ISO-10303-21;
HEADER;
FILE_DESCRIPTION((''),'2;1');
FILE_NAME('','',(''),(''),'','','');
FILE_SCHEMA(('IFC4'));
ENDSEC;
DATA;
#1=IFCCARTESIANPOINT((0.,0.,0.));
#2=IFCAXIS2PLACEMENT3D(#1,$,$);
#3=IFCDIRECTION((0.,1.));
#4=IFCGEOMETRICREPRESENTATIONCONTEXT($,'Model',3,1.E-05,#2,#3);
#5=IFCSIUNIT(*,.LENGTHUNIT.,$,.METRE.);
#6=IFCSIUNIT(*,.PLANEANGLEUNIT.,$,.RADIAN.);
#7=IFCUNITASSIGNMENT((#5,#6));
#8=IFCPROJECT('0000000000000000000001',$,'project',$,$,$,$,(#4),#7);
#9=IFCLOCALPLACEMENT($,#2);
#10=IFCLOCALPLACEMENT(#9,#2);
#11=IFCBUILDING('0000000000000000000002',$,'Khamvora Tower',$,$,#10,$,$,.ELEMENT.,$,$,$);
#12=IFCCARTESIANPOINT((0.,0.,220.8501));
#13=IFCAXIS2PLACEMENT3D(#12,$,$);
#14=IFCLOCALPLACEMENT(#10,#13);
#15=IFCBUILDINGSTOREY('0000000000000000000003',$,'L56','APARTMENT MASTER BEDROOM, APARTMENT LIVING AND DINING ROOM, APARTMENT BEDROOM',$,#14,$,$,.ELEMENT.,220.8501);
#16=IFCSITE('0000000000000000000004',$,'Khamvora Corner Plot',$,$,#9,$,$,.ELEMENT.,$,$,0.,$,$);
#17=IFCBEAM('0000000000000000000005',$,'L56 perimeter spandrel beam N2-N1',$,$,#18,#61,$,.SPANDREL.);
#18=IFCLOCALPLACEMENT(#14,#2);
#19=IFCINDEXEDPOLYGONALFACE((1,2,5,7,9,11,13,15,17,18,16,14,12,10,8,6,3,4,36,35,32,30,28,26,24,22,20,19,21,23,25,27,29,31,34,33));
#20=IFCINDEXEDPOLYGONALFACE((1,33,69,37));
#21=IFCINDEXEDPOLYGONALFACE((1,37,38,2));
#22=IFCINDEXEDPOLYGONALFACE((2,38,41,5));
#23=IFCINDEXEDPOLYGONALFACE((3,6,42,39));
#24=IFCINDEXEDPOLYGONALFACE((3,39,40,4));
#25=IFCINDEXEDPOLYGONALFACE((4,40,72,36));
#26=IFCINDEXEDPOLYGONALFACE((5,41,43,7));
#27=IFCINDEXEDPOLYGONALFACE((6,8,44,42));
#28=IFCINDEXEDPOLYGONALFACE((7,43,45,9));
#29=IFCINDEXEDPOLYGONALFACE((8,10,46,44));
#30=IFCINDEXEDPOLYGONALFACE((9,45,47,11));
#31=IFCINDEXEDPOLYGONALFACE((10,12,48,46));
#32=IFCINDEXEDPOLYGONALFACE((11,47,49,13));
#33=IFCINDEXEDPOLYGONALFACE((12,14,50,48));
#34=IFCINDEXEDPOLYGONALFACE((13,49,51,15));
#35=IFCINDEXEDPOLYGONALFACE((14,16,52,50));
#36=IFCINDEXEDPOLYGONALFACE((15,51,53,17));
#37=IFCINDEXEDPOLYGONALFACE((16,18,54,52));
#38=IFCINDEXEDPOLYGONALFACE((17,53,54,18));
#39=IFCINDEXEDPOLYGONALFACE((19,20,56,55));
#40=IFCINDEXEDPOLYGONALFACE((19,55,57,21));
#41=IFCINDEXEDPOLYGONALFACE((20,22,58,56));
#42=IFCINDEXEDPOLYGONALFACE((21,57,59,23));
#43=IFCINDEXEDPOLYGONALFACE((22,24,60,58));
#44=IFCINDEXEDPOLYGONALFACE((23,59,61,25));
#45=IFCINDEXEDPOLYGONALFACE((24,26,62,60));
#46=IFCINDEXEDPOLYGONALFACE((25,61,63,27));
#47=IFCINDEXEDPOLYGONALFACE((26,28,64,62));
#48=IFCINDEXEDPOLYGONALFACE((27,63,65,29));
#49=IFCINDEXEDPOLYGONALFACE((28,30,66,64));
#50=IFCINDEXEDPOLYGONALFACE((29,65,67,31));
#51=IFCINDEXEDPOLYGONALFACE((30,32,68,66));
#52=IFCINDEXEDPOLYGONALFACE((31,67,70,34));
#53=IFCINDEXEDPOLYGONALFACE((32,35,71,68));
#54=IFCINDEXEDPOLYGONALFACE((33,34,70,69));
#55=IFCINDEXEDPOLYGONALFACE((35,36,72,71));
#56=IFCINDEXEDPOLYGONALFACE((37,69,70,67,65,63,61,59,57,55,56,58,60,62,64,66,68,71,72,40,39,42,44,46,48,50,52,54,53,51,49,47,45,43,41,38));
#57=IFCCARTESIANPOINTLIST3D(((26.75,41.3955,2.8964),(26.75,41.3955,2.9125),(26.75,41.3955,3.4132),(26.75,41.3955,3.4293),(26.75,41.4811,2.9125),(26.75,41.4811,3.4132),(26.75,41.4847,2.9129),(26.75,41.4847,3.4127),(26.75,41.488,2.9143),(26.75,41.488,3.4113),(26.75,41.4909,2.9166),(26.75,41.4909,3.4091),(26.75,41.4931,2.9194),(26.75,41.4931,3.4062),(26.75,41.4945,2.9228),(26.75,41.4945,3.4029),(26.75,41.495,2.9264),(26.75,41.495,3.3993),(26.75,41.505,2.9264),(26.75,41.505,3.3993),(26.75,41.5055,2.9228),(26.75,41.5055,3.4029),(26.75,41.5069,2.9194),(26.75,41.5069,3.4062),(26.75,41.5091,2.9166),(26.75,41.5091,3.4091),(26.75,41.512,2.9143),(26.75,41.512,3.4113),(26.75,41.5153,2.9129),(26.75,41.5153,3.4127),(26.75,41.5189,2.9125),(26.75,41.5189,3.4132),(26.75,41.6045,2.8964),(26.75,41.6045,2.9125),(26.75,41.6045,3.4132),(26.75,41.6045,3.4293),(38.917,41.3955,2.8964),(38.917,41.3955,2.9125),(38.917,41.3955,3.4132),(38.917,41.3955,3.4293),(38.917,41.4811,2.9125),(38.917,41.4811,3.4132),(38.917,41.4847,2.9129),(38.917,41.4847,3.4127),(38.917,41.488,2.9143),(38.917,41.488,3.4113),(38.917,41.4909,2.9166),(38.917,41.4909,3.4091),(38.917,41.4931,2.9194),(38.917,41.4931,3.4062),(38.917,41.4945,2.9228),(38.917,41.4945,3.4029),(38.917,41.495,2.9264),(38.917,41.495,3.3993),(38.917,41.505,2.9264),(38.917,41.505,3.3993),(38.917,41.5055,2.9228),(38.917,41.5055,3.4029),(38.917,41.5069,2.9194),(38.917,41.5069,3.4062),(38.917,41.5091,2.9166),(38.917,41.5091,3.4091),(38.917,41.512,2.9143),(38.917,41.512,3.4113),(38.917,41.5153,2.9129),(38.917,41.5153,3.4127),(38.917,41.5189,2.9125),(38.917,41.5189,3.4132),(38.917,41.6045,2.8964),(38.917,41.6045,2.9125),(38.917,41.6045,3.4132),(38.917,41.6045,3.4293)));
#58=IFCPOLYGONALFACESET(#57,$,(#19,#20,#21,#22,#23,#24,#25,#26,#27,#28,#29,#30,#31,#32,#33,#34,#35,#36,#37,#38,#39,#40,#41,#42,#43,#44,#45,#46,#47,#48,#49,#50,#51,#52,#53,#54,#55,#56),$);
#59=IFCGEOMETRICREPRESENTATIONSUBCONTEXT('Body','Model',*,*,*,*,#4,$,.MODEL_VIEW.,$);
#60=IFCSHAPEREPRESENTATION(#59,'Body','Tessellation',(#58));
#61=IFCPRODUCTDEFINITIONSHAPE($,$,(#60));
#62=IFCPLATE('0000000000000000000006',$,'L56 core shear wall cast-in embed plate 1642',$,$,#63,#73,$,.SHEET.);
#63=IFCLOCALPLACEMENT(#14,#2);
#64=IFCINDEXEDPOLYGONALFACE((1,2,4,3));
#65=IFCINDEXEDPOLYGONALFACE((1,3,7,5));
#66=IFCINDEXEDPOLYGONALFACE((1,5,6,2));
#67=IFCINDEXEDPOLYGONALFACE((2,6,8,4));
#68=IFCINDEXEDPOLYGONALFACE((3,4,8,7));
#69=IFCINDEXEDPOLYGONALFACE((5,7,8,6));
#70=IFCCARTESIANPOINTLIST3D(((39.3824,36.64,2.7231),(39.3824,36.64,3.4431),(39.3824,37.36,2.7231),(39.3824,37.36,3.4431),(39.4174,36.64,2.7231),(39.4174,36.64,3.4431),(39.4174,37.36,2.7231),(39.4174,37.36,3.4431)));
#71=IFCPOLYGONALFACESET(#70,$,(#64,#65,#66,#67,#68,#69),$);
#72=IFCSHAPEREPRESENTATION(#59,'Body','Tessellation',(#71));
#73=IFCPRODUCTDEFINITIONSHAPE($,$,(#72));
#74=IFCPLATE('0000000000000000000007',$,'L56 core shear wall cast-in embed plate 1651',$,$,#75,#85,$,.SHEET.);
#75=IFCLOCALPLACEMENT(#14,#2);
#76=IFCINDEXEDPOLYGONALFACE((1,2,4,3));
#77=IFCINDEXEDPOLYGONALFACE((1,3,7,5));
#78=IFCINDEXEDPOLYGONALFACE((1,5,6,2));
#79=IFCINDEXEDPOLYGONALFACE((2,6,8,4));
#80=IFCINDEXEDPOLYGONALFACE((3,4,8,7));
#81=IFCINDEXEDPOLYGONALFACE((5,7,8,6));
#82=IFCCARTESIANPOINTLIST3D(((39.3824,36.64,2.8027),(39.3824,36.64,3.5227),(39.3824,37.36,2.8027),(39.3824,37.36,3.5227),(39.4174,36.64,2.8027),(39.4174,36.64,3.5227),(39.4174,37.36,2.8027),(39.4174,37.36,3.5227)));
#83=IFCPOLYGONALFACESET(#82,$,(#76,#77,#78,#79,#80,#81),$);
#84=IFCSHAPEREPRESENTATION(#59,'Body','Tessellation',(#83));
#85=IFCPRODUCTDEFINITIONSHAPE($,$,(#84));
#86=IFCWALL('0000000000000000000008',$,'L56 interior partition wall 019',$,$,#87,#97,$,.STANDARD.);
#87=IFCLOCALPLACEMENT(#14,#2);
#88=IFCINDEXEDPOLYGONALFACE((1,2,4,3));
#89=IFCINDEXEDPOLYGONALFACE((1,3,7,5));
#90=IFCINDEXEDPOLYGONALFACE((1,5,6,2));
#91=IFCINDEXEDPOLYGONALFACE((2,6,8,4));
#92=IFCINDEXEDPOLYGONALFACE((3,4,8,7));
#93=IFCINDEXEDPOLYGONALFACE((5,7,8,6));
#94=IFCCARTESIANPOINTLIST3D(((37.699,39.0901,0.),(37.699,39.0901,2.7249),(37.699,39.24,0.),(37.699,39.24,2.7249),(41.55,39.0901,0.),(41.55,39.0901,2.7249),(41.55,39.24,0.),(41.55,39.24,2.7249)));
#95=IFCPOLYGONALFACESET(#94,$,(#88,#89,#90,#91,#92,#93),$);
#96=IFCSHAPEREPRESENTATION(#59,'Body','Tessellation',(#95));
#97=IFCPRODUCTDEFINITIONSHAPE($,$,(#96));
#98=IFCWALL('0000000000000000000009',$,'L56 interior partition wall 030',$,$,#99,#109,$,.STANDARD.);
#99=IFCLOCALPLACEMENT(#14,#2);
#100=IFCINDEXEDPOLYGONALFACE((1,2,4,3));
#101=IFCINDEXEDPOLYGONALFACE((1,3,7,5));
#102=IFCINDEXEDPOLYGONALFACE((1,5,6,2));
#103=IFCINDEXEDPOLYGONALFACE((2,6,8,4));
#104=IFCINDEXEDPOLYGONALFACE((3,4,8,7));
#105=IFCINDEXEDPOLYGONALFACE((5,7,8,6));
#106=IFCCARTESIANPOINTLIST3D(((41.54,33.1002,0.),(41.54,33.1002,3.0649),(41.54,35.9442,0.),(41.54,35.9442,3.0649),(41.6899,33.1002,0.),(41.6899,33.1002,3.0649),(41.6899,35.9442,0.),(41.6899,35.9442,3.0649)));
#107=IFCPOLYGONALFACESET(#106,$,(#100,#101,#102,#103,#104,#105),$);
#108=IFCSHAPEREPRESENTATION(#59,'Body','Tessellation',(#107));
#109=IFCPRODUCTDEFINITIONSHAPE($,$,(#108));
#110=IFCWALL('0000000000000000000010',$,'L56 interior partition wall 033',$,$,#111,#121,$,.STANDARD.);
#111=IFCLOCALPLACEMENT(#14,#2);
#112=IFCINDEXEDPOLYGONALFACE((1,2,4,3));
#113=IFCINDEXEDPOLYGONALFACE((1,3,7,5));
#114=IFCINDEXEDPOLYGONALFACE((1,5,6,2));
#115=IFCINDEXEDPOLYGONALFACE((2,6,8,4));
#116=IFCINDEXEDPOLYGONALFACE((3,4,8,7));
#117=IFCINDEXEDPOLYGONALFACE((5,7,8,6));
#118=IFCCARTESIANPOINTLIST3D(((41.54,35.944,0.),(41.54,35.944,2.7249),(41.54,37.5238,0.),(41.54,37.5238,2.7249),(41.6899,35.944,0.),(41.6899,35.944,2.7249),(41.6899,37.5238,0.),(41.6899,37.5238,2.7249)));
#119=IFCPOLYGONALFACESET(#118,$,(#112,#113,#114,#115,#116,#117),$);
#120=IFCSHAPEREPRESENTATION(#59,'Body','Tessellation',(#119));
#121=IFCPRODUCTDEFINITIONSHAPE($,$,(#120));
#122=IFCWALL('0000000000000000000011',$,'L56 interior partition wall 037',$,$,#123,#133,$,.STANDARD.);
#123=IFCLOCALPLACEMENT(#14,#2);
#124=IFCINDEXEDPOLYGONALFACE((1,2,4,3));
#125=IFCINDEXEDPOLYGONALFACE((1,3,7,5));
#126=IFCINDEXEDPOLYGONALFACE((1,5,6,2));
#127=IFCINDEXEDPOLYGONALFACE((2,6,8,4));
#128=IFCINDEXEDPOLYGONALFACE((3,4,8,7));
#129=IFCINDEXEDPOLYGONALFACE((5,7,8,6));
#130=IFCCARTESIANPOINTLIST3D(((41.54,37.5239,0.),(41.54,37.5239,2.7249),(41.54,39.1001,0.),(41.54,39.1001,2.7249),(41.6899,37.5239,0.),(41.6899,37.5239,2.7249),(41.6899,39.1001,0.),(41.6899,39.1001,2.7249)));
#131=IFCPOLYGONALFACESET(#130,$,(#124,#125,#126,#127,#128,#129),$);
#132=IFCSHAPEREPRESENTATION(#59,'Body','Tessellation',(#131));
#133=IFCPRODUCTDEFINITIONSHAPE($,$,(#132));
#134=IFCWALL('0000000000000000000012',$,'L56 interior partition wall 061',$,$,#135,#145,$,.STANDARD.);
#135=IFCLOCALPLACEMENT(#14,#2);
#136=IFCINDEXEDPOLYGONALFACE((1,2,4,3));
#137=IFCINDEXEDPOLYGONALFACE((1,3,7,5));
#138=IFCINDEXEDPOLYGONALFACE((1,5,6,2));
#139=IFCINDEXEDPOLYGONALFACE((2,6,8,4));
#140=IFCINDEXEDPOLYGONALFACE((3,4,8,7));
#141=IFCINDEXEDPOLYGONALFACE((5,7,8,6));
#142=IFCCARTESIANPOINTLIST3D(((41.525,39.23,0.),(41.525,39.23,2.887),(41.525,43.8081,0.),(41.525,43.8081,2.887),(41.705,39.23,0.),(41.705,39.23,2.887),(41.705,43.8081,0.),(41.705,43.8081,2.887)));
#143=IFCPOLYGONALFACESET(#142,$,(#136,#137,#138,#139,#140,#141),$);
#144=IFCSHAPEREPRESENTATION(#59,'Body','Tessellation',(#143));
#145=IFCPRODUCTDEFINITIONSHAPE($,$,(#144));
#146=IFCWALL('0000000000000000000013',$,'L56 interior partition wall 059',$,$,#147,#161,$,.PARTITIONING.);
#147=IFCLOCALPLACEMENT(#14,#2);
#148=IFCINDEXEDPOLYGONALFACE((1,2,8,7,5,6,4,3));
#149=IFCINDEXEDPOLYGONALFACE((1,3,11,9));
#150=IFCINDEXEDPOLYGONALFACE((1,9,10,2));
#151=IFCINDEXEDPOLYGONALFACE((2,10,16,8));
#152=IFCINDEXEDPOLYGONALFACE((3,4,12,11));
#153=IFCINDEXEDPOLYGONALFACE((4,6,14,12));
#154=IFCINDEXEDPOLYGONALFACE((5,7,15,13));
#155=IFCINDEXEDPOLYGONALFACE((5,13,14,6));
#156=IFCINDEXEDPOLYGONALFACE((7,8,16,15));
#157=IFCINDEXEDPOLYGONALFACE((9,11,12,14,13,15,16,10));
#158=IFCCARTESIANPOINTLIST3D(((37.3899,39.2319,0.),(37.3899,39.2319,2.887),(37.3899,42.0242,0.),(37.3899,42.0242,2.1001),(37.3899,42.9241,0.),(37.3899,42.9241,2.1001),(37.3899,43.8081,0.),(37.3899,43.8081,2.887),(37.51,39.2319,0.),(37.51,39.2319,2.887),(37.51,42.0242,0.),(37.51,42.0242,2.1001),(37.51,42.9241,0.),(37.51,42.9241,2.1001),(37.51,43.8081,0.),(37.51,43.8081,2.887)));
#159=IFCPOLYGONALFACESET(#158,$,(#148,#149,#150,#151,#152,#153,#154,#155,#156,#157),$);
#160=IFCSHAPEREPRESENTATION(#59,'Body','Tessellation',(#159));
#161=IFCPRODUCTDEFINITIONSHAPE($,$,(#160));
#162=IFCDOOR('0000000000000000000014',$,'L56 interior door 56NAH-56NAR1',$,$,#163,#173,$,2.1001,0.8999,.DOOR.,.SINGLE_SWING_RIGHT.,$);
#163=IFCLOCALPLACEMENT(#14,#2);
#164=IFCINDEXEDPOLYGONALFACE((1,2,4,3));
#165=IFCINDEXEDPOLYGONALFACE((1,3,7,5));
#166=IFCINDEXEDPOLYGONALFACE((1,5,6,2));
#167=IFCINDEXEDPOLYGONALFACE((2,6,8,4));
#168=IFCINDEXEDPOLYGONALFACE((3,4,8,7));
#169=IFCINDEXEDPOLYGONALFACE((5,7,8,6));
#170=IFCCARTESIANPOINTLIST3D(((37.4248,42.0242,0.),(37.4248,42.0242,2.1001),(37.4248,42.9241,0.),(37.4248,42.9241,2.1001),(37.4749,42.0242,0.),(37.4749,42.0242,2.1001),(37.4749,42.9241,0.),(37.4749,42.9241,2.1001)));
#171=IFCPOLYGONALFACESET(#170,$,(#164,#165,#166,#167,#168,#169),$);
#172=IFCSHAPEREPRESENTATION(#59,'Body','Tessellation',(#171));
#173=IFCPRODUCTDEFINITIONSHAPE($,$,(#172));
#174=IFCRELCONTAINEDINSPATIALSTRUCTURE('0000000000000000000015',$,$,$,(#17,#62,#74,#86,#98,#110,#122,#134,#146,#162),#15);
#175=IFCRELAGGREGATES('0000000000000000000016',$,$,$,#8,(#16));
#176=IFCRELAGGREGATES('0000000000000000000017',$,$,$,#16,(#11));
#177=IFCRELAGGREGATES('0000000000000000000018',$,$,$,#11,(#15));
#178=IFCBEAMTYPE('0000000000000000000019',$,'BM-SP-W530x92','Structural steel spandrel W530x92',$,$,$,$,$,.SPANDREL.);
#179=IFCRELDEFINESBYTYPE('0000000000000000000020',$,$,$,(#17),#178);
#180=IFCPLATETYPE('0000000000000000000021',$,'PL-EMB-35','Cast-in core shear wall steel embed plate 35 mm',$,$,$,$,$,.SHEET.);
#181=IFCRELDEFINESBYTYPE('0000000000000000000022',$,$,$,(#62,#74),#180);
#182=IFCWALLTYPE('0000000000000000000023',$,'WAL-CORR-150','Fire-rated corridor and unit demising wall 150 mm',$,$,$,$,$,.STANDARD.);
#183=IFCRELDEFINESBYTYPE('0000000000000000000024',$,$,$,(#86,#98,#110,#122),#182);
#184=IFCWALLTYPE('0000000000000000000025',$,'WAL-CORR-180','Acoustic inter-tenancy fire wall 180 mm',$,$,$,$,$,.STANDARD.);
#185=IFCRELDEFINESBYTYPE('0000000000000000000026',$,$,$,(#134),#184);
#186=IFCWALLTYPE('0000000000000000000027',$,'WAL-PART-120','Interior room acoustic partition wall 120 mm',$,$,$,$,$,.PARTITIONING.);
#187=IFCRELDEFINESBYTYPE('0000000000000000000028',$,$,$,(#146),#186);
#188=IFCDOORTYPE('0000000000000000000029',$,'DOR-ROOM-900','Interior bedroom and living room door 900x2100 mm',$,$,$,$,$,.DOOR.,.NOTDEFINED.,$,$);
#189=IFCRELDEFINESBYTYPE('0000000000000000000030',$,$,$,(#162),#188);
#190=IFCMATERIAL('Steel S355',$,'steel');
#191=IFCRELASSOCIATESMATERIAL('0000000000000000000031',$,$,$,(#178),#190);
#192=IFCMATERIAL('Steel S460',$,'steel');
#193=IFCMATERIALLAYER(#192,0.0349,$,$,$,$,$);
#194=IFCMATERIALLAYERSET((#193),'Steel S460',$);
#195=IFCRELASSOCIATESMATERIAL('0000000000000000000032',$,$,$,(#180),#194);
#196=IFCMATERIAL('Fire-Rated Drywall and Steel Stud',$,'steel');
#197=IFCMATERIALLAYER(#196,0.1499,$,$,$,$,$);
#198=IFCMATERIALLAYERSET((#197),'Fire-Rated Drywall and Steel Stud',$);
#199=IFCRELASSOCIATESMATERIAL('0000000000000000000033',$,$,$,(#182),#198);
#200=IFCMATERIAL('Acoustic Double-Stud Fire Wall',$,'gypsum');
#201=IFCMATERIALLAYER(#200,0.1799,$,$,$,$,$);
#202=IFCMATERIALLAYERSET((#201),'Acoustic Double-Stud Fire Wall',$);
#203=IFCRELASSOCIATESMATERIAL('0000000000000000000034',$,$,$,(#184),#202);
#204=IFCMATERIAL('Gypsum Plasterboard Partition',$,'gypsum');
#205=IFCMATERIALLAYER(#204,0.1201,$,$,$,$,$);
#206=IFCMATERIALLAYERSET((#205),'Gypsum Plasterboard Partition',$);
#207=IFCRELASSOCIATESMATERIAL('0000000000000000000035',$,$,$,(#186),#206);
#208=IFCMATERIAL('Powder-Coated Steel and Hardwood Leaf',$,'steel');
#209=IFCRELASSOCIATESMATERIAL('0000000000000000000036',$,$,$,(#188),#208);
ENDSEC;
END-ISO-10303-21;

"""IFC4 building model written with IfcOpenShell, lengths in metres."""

from ifc_helpers import new_model, si_unit, direction, frame, frame_2d, origin, origin_2d, place, context, subcontext, project, spatial, rectangle, i_section, extrude, material, layer, layer_set, material_profile, profile_set, type_object, element, fill, save


model = new_model("IFC4")

# Units and contexts
model_context = context("Model", 3, precision=1e-05, world=origin(), true_north=direction((0.0, 1.0)))
body_context = subcontext(model_context, "Body", "Model", "MODEL_VIEW")
ifc_project = project(units=[si_unit("LENGTHUNIT", "METRE"), si_unit("PLANEANGLEUNIT", "RADIAN")], contexts=[model_context])

# Site, building, storey
site_placement = place(None, origin())
site = spatial("IfcSite", under=ifc_project, at=site_placement, Name="Khamvora Corner Plot", CompositionType="ELEMENT", RefElevation=0.0)
building_placement = place(site_placement, origin())
building = spatial("IfcBuilding", under=site, at=building_placement, Name="Khamvora Tower", CompositionType="ELEMENT")
storey_placement = place(building_placement, frame((0.0, 0.0, 220.8501)))
storey = spatial("IfcBuildingStorey", under=building, at=storey_placement, Name="L56", Description="APARTMENT MASTER BEDROOM, APARTMENT LIVING AND DINING ROOM, APARTMENT BEDROOM", CompositionType="ELEMENT", Elevation=220.8501)

# Shared definitions
ifc_material_1 = material(Name="Steel S460", Category="steel")
ifc_material_2 = material(Name="Steel S355", Category="steel")

# Beam
ifc_material_profile_1 = material_profile(ifc_material_2, i_section(OverallWidth=0.209, OverallDepth=0.533, WebThickness=0.01, FlangeThickness=0.0161, FilletRadius=0.0139, at=origin_2d()), Name="W530x92")
ifc_profile_set_1 = profile_set([ifc_material_profile_1], Name="Steel S355")
beam_type_1 = type_object("IfcBeamType", Name="BM-SP-W530x92", Description="Structural steel spandrel W530x92", PredefinedType="SPANDREL", material=ifc_profile_set_1)
beam_1_placement = place(storey_placement, frame((38.917, 41.5, 3.1628), z_axis=(-1.0, 0.0, 0.0), x_axis=(0.0, -1.0, 0.0)))
element("IfcBeam", 1, at=beam_1_placement, inside=storey, type_object=beam_type_1, Name="L56 perimeter spandrel beam N2-N1", PredefinedType="SPANDREL", context=body_context, shape_type="SweptSolid", body=[
    extrude(i_section(OverallWidth=0.209, OverallDepth=0.533, WebThickness=0.01, FlangeThickness=0.0161, FilletRadius=0.0139, at=origin_2d()), origin(), (0.0, 0.0, 1.0), 12.167),
])

# Plates
ifc_layer_1 = layer(ifc_material_1, 0.0349)
ifc_layer_set_1 = layer_set([ifc_layer_1], Name="Steel S460")
plate_type = type_object("IfcPlateType", Name="PL-EMB-35", Description="Cast-in core shear wall steel embed plate 35 mm", PredefinedType="SHEET", material=ifc_layer_set_1)
for number, where, z_axis, x_axis, name in (
    (2, (39.3999, 37.0, 2.7231), (0.0, 0.0, 1.0), (1.0, 0.0, 0.0), "L56 core shear wall cast-in embed plate 1642"),
    (3, (39.3999, 37.0, 2.8027), (0.0, 0.0, 1.0), (1.0, 0.0, 0.0), "L56 core shear wall cast-in embed plate 1651"),
):
    element("IfcPlate", number, at=place(storey_placement, frame(where, z_axis=z_axis, x_axis=x_axis)), inside=storey, type_object=plate_type, Name=name, PredefinedType="SHEET", context=body_context, shape_type="SweptSolid", body=[
        extrude(rectangle(XDim=0.0349, YDim=0.72, at=origin_2d()), origin(), (0.0, 0.0, 1.0), 0.72),
    ])

# Walls
ifc_material_3 = material(Name="Fire-Rated Drywall and Steel Stud", Category="steel")
ifc_layer_2 = layer(ifc_material_3, 0.1499)
ifc_layer_set_2 = layer_set([ifc_layer_2], Name="Fire-Rated Drywall and Steel Stud")
wall_type_1 = type_object("IfcWallType", Name="WAL-CORR-150", Description="Fire-rated corridor and unit demising wall 150 mm", PredefinedType="STANDARD", material=ifc_layer_set_2)
wall_1_placement = place(storey_placement, frame((37.699, 39.165, 0.0), z_axis=(0.0, 0.0, 1.0), x_axis=(1.0, 0.0, 0.0)))
element("IfcWall", 4, at=wall_1_placement, inside=storey, type_object=wall_type_1, Name="L56 interior partition wall 019", PredefinedType="STANDARD", context=body_context, shape_type="SweptSolid", body=[
    extrude(rectangle(XDim=3.8511, YDim=0.1499, at=frame_2d((1.9255, 0.0))), origin(), (0.0, 0.0, 1.0), 2.7249),
])
wall_2_placement = place(storey_placement, frame((41.615, 35.9441, 0.0), z_axis=(0.0, 0.0, 1.0), x_axis=(0.0, -1.0, 0.0)))
element("IfcWall", 5, at=wall_2_placement, inside=storey, type_object=wall_type_1, Name="L56 interior partition wall 030", PredefinedType="STANDARD", context=body_context, shape_type="SweptSolid", body=[
    extrude(rectangle(XDim=2.844, YDim=0.1499, at=frame_2d((1.4219, 0.0))), origin(), (0.0, 0.0, 1.0), 3.0649),
])
wall_3_placement = place(storey_placement, frame((41.615, 37.5239, 0.0), z_axis=(0.0, 0.0, 1.0), x_axis=(0.0, -1.0, 0.0)))
element("IfcWall", 6, at=wall_3_placement, inside=storey, type_object=wall_type_1, Name="L56 interior partition wall 033", PredefinedType="STANDARD", context=body_context, shape_type="SweptSolid", body=[
    extrude(rectangle(XDim=1.5798, YDim=0.1499, at=frame_2d((0.79, 0.0))), origin(), (0.0, 0.0, 1.0), 2.7249),
])
wall_4_placement = place(storey_placement, frame((41.615, 39.1001, 0.0), z_axis=(0.0, 0.0, 1.0), x_axis=(0.0, -1.0, 0.0)))
element("IfcWall", 7, at=wall_4_placement, inside=storey, type_object=wall_type_1, Name="L56 interior partition wall 037", PredefinedType="STANDARD", context=body_context, shape_type="SweptSolid", body=[
    extrude(rectangle(XDim=1.5762, YDim=0.1499, at=frame_2d((0.7881, 0.0))), origin(), (0.0, 0.0, 1.0), 2.7249),
])
ifc_material_4 = material(Name="Acoustic Double-Stud Fire Wall", Category="gypsum")
ifc_layer_3 = layer(ifc_material_4, 0.1799)
ifc_layer_set_3 = layer_set([ifc_layer_3], Name="Acoustic Double-Stud Fire Wall")
wall_type_2 = type_object("IfcWallType", Name="WAL-CORR-180", Description="Acoustic inter-tenancy fire wall 180 mm", PredefinedType="STANDARD", material=ifc_layer_set_3)
wall_5_placement = place(storey_placement, frame((41.615, 43.8081, 0.0), z_axis=(0.0, 0.0, 1.0), x_axis=(0.0, -1.0, 0.0)))
element("IfcWall", 8, at=wall_5_placement, inside=storey, type_object=wall_type_2, Name="L56 interior partition wall 061", PredefinedType="STANDARD", context=body_context, shape_type="SweptSolid", body=[
    extrude(rectangle(XDim=4.5781, YDim=0.1799, at=frame_2d((2.2891, 0.0))), origin(), (0.0, 0.0, 1.0), 2.887),
])

# Wall, opening, door
ifc_material_5 = material(Name="Gypsum Plasterboard Partition", Category="gypsum")
ifc_layer_4 = layer(ifc_material_5, 0.1201)
ifc_layer_set_4 = layer_set([ifc_layer_4], Name="Gypsum Plasterboard Partition")
wall_type_3 = type_object("IfcWallType", Name="WAL-PART-120", Description="Interior room acoustic partition wall 120 mm", PredefinedType="PARTITIONING", material=ifc_layer_set_4)
wall_6_placement = place(storey_placement, frame((37.45, 43.8081, 0.0), z_axis=(0.0, 0.0, 1.0), x_axis=(0.0, -1.0, 0.0)))
wall_6 = element("IfcWall", 9, at=wall_6_placement, inside=storey, type_object=wall_type_3, Name="L56 interior partition wall 059", PredefinedType="PARTITIONING", context=body_context, shape_type="SweptSolid", body=[
    extrude(rectangle(XDim=4.5762, YDim=0.1201, at=frame_2d((2.2881, 0.0))), origin(), (0.0, 0.0, 1.0), 2.887),
])
opening_1_placement = place(wall_6_placement, frame((0.884, 0.0, 0.0)))
opening_1 = element("IfcOpeningElement", 10, at=opening_1_placement, cuts=wall_6, PredefinedType="OPENING", context=body_context, shape_type="SweptSolid", body=[
    extrude(rectangle(XDim=0.8999, YDim=2.1001, at=frame_2d((0.45, 1.05))), frame((0.0, 0.0701, 0.0), z_axis=(0.0, -1.0, 0.0), x_axis=(1.0, 0.0, 0.0)), (0.0, 0.0, 1.0), 0.1401),
])
ifc_material_6 = material(Name="Powder-Coated Steel and Hardwood Leaf", Category="steel")
door_type = type_object("IfcDoorType", Name="DOR-ROOM-900", Description="Interior bedroom and living room door 900x2100 mm", OperationType="NOTDEFINED", PredefinedType="DOOR", material=ifc_material_6)
door_1_placement = place(opening_1_placement, origin())
door_1 = element("IfcDoor", 11, at=door_1_placement, inside=storey, type_object=door_type, Name="L56 interior door 56NAH-56NAR1", OperationType="SINGLE_SWING_RIGHT", OverallHeight=2.1001, OverallWidth=0.8999, PredefinedType="DOOR", context=body_context, shape_type="SweptSolid", body=[
    extrude(rectangle(XDim=0.8999, YDim=2.1001, at=frame_2d((0.45, 1.05))), frame((0.0, 0.0249, 0.0), z_axis=(0.0, -1.0, 0.0), x_axis=(1.0, 0.0, 0.0)), (0.0, 0.0, 1.0), 0.05),
])
fill(opening_1, door_1)

save(model, "model.ifc")
